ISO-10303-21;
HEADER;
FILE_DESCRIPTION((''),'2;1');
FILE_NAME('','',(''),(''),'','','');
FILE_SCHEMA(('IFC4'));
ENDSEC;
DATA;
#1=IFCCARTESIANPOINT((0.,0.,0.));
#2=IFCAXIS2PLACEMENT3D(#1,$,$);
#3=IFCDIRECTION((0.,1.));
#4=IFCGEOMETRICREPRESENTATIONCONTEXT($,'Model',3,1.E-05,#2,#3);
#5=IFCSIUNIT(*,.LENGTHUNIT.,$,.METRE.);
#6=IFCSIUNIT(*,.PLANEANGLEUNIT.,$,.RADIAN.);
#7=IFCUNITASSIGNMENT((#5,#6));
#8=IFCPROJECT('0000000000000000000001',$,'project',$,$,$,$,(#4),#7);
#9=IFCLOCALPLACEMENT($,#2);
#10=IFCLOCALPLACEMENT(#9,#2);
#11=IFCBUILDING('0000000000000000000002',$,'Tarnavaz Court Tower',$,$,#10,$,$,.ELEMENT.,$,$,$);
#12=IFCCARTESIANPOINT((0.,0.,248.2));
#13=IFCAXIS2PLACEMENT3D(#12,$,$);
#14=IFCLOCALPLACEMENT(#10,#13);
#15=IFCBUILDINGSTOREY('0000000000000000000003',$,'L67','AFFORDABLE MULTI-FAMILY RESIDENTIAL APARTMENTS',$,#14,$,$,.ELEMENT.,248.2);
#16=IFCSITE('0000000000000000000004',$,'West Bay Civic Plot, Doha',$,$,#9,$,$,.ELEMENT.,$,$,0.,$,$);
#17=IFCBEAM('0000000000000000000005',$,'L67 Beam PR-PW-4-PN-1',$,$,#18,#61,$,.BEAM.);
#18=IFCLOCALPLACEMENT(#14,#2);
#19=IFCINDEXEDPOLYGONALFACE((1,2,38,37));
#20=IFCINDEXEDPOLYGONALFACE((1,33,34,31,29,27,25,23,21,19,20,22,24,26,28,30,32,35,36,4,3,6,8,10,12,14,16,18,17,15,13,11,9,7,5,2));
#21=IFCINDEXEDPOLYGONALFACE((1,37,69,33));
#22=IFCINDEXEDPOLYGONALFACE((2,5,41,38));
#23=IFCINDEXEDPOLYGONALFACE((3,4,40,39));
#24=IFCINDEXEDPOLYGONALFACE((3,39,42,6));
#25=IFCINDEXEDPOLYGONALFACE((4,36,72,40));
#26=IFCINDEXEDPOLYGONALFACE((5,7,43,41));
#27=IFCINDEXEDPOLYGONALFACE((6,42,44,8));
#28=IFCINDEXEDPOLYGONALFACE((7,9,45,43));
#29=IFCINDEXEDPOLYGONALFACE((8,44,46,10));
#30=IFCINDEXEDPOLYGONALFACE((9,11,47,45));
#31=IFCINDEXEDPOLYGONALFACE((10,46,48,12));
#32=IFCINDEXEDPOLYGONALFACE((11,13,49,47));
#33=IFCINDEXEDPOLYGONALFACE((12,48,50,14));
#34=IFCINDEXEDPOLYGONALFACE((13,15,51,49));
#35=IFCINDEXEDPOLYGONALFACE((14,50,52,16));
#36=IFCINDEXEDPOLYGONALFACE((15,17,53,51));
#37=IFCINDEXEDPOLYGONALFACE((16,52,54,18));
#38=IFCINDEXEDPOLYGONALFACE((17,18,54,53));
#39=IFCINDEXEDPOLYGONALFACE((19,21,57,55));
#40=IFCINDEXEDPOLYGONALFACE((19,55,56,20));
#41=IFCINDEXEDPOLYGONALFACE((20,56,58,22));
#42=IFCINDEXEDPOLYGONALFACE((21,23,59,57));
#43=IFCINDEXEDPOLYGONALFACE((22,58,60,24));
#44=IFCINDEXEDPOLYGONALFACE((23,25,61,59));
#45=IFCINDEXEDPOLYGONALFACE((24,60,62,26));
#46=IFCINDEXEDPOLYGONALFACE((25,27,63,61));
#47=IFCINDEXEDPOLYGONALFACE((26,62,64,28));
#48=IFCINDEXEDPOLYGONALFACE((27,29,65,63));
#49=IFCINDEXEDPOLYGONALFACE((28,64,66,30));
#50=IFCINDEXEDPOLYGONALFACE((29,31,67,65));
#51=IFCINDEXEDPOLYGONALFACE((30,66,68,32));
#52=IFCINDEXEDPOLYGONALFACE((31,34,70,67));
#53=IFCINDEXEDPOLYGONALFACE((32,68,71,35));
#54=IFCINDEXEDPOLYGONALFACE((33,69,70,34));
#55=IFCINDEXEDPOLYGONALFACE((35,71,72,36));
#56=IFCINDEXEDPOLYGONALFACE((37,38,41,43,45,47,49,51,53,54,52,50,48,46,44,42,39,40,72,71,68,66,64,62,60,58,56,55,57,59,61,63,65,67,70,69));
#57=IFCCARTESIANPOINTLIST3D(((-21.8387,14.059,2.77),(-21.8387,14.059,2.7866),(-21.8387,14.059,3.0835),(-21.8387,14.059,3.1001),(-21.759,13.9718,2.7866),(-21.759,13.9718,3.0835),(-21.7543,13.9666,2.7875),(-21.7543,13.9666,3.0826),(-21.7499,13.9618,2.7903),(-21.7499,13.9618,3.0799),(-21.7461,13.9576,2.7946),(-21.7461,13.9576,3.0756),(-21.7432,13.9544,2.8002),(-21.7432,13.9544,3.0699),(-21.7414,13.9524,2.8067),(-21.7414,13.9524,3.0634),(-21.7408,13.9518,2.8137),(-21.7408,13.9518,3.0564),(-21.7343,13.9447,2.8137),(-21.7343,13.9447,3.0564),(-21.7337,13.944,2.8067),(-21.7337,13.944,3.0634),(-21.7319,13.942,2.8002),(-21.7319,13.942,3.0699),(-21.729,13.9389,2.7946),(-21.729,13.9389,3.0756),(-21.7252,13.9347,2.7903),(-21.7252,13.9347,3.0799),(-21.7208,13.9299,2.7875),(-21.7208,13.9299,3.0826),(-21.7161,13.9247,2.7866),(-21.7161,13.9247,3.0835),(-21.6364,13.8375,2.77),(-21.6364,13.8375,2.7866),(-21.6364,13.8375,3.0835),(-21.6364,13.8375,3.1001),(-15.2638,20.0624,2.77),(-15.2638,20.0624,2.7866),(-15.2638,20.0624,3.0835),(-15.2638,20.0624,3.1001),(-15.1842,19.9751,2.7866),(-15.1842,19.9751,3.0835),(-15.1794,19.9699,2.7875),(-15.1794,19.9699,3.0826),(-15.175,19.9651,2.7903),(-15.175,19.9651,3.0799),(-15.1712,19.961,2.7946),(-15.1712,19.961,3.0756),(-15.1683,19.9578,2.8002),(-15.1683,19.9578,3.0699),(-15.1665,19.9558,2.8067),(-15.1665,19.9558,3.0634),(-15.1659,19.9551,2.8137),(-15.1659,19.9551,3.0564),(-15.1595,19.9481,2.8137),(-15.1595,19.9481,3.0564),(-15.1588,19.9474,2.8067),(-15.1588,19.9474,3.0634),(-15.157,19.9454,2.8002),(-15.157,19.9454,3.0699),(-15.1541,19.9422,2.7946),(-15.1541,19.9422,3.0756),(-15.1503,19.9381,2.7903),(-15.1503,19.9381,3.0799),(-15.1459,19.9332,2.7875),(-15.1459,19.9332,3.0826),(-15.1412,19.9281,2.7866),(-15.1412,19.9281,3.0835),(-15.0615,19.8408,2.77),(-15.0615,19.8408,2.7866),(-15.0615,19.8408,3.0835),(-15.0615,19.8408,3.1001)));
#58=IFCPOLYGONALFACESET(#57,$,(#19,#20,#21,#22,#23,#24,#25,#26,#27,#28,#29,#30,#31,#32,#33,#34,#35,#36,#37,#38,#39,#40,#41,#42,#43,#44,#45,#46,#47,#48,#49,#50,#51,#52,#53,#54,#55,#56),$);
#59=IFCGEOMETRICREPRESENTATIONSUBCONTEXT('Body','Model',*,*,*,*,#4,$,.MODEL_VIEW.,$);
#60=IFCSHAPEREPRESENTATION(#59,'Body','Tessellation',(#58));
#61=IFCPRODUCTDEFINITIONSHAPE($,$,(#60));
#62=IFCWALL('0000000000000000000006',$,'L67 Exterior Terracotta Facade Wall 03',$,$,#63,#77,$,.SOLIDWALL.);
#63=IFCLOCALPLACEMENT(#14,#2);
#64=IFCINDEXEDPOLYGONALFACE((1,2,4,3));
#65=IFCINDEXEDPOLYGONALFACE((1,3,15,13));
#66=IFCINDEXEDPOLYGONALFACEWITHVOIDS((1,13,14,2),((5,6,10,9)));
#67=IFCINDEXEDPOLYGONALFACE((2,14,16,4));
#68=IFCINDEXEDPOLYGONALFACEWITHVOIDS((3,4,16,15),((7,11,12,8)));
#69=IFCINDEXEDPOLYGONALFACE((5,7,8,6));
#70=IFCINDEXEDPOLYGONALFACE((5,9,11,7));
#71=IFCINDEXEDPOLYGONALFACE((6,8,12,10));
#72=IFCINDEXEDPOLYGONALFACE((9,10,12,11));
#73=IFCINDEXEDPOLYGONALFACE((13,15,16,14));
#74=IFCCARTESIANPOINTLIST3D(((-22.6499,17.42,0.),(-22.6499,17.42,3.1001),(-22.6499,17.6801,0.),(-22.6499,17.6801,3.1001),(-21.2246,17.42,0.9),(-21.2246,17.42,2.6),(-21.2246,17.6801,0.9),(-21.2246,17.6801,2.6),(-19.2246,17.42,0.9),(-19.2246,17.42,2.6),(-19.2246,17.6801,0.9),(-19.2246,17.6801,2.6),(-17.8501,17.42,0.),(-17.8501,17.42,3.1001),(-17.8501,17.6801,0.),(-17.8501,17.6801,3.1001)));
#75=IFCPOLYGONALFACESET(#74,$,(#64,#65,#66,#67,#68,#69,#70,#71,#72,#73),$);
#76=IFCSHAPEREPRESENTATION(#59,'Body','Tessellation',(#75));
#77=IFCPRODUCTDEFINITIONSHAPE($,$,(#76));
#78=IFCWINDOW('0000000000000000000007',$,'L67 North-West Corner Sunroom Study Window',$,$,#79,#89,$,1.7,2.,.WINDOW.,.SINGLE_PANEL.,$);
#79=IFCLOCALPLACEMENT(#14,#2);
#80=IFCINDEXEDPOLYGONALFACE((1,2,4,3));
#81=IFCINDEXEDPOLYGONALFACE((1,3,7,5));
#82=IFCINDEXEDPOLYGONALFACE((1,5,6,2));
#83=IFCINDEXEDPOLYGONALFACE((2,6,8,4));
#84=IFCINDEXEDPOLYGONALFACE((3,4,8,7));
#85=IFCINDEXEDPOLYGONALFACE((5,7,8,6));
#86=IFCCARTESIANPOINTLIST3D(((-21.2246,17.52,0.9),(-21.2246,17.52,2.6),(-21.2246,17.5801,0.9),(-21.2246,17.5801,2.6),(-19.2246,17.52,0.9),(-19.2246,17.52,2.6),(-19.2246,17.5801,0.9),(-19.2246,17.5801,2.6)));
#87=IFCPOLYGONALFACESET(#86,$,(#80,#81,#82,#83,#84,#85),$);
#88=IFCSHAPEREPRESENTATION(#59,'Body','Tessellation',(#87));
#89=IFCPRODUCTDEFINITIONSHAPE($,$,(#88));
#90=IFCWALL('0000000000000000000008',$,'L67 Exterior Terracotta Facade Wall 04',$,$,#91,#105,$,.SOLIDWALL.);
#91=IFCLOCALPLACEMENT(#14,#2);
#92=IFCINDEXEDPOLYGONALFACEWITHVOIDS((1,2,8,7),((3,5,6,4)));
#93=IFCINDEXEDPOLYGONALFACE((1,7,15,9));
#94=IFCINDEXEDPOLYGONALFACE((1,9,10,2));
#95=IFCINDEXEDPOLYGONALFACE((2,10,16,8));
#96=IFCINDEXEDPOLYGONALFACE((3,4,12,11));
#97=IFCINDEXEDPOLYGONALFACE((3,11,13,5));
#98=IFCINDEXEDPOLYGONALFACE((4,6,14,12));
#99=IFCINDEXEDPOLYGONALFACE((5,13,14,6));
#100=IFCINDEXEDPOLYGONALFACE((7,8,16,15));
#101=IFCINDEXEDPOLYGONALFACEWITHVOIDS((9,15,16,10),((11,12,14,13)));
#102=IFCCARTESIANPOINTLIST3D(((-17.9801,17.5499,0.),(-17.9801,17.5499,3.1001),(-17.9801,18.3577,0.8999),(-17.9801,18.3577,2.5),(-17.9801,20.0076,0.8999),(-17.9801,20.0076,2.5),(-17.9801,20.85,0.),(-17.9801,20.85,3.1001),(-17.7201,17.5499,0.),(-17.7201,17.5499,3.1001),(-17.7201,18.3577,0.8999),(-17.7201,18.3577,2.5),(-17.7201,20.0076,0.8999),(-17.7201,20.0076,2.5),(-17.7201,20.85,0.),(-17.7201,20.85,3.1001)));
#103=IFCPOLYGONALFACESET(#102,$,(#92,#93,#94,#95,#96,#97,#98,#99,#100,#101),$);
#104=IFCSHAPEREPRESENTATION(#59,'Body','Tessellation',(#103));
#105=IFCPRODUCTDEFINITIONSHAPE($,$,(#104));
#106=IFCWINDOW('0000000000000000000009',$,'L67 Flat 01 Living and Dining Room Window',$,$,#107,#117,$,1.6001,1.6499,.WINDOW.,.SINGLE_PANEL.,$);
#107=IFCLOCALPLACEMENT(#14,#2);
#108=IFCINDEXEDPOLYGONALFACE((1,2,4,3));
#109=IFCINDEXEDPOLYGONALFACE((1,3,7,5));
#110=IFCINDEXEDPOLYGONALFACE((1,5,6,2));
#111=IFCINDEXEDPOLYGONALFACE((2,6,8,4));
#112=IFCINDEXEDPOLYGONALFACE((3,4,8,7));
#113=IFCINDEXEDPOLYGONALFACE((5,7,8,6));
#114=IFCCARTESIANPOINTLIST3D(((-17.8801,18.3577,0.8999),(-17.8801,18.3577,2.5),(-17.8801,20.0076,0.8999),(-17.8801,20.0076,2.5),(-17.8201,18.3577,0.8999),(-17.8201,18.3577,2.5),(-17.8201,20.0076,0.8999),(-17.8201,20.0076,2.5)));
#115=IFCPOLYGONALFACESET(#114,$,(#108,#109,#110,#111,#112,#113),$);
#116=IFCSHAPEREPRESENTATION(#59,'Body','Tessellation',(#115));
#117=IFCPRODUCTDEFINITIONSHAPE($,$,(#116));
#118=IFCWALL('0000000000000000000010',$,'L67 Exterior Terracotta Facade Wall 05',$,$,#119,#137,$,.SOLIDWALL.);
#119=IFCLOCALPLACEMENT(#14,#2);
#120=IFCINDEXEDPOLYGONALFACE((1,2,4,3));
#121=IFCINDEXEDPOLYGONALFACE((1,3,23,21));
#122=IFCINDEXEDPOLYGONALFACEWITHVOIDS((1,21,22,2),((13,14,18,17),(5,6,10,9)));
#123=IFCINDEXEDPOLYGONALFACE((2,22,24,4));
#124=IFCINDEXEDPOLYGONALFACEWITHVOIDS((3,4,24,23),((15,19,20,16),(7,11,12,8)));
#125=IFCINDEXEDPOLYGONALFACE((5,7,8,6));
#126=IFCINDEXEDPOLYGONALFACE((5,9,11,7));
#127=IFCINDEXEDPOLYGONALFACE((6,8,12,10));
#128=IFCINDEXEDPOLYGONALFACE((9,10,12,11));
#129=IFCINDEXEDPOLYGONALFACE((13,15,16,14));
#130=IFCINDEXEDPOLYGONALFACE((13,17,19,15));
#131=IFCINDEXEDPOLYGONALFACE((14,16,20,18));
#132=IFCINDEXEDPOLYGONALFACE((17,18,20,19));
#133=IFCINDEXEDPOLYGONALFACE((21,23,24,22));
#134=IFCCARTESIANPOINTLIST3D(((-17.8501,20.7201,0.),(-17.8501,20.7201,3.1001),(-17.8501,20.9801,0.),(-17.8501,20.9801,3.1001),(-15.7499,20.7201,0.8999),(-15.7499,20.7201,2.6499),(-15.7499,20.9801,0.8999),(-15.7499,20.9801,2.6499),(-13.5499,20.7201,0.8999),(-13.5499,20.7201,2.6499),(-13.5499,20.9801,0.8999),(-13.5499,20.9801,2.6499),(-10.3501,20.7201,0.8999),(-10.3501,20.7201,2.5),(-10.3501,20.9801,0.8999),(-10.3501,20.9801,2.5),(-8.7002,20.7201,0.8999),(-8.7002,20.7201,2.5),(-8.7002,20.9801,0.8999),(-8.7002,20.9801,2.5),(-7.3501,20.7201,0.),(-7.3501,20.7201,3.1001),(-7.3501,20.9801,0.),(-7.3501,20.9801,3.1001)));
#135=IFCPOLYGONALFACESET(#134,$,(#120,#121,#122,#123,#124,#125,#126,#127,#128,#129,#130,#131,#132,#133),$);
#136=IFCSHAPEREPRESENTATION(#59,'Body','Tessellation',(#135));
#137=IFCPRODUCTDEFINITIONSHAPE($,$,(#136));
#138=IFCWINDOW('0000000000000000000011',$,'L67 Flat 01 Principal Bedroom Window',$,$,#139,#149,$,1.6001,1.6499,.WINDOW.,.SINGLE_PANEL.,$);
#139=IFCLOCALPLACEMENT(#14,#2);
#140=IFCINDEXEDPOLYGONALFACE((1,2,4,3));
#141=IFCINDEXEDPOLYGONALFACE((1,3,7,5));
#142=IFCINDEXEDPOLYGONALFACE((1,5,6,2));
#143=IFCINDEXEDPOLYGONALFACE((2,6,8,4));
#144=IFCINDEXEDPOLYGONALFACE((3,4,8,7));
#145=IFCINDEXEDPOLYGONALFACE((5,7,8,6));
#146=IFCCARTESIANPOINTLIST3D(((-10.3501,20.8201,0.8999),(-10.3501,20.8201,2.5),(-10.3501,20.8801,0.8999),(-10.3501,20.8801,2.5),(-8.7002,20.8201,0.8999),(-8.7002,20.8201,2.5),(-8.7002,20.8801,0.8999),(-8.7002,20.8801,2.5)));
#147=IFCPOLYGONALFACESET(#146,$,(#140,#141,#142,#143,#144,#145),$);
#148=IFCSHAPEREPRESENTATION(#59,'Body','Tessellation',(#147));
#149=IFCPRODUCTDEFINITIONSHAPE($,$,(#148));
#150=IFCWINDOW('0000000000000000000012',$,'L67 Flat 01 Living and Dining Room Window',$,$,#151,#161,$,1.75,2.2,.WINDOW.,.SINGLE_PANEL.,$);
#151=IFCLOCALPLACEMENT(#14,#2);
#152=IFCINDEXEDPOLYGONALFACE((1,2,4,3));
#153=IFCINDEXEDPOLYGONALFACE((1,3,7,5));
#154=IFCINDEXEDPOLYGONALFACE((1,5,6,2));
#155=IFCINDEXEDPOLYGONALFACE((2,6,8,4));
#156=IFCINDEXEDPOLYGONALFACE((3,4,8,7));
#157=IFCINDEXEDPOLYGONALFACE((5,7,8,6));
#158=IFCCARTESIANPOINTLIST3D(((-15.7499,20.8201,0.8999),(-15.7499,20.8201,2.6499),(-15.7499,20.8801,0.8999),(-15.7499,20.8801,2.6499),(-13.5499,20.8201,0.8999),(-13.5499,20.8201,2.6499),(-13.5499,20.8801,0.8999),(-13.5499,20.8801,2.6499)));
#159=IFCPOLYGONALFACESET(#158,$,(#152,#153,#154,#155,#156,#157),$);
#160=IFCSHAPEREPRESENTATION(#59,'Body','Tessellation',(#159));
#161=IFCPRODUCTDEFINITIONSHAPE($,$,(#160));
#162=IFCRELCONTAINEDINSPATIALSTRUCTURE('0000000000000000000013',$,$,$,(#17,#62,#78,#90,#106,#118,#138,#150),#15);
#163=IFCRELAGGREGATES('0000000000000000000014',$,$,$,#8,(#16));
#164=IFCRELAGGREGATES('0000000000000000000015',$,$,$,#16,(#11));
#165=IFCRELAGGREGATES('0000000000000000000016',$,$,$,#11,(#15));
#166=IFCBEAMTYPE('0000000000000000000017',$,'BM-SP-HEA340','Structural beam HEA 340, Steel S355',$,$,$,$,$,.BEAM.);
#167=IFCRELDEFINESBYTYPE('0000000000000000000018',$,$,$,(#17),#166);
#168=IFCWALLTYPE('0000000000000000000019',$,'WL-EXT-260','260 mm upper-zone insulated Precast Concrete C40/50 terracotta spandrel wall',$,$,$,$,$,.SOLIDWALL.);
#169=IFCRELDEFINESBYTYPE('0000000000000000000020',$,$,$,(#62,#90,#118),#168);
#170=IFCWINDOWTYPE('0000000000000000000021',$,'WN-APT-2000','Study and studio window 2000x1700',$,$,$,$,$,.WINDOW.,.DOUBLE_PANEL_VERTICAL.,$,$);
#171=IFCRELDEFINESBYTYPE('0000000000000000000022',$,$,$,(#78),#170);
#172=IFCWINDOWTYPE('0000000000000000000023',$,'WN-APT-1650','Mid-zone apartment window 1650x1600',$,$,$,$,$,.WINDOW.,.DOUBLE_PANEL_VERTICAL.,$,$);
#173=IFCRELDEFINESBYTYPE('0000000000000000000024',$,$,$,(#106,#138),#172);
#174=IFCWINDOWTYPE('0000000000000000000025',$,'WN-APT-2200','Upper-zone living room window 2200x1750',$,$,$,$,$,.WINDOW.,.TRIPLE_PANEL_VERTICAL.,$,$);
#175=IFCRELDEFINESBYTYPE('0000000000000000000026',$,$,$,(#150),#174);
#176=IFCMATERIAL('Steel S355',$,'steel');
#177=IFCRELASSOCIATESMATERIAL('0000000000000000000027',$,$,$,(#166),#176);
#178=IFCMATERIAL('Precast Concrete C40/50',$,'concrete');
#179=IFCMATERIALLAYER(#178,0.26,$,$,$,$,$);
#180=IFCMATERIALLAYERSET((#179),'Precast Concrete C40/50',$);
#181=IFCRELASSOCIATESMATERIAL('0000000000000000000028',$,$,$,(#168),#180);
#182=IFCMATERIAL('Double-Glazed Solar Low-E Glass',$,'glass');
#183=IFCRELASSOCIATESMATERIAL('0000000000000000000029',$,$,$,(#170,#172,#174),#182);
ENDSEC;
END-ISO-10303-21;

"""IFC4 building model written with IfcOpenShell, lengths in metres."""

from ifc_helpers import new_model, si_unit, direction, frame, frame_2d, origin, origin_2d, place, context, subcontext, project, spatial, rectangle, i_section, extrude, material, layer, layer_set, material_profile, profile_set, type_object, element, fill, save


model = new_model("IFC4")

# Units and contexts
model_context = context("Model", 3, precision=1e-05, world=origin(), true_north=direction((0.0, 1.0)))
body_context = subcontext(model_context, "Body", "Model", "MODEL_VIEW")
ifc_project = project(units=[si_unit("LENGTHUNIT", "METRE"), si_unit("PLANEANGLEUNIT", "RADIAN")], contexts=[model_context])

# Site, building, storey
site_placement = place(None, origin())
site = spatial("IfcSite", under=ifc_project, at=site_placement, Name="West Bay Civic Plot, Doha", CompositionType="ELEMENT", RefElevation=0.0)
building_placement = place(site_placement, origin())
building = spatial("IfcBuilding", under=site, at=building_placement, Name="Tarnavaz Court Tower", CompositionType="ELEMENT")
storey_placement = place(building_placement, frame((0.0, 0.0, 248.2)))
storey = spatial("IfcBuildingStorey", under=building, at=storey_placement, Name="L67", Description="AFFORDABLE MULTI-FAMILY RESIDENTIAL APARTMENTS", CompositionType="ELEMENT", Elevation=248.2)

# Beam
ifc_material_1 = material(Name="Steel S355", Category="steel")
ifc_material_profile_1 = material_profile(ifc_material_1, i_section(OverallWidth=0.3, OverallDepth=0.3301, WebThickness=0.0095, FlangeThickness=0.0166, FilletRadius=0.0271, at=origin_2d()), Name="HEA 340")
ifc_profile_set_1 = profile_set([ifc_material_profile_1], Name="Steel S355")
beam_type_1 = type_object("IfcBeamType", Name="BM-SP-HEA340", Description="Structural beam HEA 340, Steel S355", PredefinedType="BEAM", material=ifc_profile_set_1)
beam_1_placement = place(storey_placement, frame((-21.7375, 13.9482, 2.9351), z_axis=(0.738474, 0.674282, 0.0), x_axis=(-0.674282, 0.738474, 0.0)))
element("IfcBeam", 1, at=beam_1_placement, inside=storey, type_object=beam_type_1, Name="L67 Beam PR-PW-4-PN-1", PredefinedType="BEAM", context=body_context, shape_type="SweptSolid", body=[
    extrude(i_section(OverallWidth=0.3, OverallDepth=0.3301, WebThickness=0.0095, FlangeThickness=0.0166, FilletRadius=0.0271, at=origin_2d()), origin(), (0.0, 0.0, 1.0), 8.9033),
])

# Walls, openings, windows
ifc_material_2 = material(Name="Precast Concrete C40/50", Category="concrete")
ifc_layer_1 = layer(ifc_material_2, 0.26)
ifc_layer_set_1 = layer_set([ifc_layer_1], Name="Precast Concrete C40/50")
wall_type_1 = type_object("IfcWallType", Name="WL-EXT-260", Description="260 mm upper-zone insulated Precast Concrete C40/50 terracotta spandrel wall", PredefinedType="SOLIDWALL", material=ifc_layer_set_1)
wall_1_placement = place(storey_placement, frame((-22.6499, 17.55, 0.0), z_axis=(0.0, 0.0, 1.0), x_axis=(1.0, 0.0, 0.0)))
wall_1 = element("IfcWall", 2, at=wall_1_placement, inside=storey, type_object=wall_type_1, Name="L67 Exterior Terracotta Facade Wall 03", PredefinedType="SOLIDWALL", context=body_context, shape_type="SweptSolid", body=[
    extrude(rectangle(XDim=4.7998, YDim=0.26, at=frame_2d((2.3999, 0.0))), origin(), (0.0, 0.0, 1.0), 3.1001),
])
opening_1_placement = place(wall_1_placement, frame((1.4253, 0.0, 0.8999)))
opening_1 = element("IfcOpeningElement", 3, at=opening_1_placement, cuts=wall_1, PredefinedType="OPENING", context=body_context, shape_type="SweptSolid", body=[
    extrude(rectangle(XDim=2.0, YDim=1.7, at=frame_2d((1.0, 0.8501))), frame((0.0, 0.1399, 0.0), z_axis=(0.0, -1.0, 0.0), x_axis=(1.0, 0.0, 0.0)), (0.0, 0.0, 1.0), 0.28),
])
ifc_material_3 = material(Name="Double-Glazed Solar Low-E Glass", Category="glass")
window_type_1 = type_object("IfcWindowType", Name="WN-APT-2000", Description="Study and studio window 2000x1700", PartitioningType="DOUBLE_PANEL_VERTICAL", PredefinedType="WINDOW", material=ifc_material_3)
window_1_placement = place(opening_1_placement, origin())
window_1 = element("IfcWindow", 4, at=window_1_placement, inside=storey, type_object=window_type_1, Name="L67 North-West Corner Sunroom Study Window", OverallHeight=1.7, OverallWidth=2.0, PartitioningType="SINGLE_PANEL", PredefinedType="WINDOW", context=body_context, shape_type="SweptSolid", body=[
    extrude(rectangle(XDim=2.0, YDim=1.7, at=frame_2d((1.0, 0.8501))), frame((0.0, 0.03, 0.0), z_axis=(0.0, -1.0, 0.0), x_axis=(1.0, 0.0, 0.0)), (0.0, 0.0, 1.0), 0.0601),
])
fill(opening_1, window_1)
wall_2_placement = place(storey_placement, frame((-17.8501, 17.55, 0.0), z_axis=(0.0, 0.0, 1.0), x_axis=(0.0, 1.0, 0.0)))
wall_2 = element("IfcWall", 5, at=wall_2_placement, inside=storey, type_object=wall_type_1, Name="L67 Exterior Terracotta Facade Wall 04", PredefinedType="SOLIDWALL", context=body_context, shape_type="SweptSolid", body=[
    extrude(rectangle(XDim=3.3, YDim=0.26, at=frame_2d((1.6499, 0.0))), origin(), (0.0, 0.0, 1.0), 3.1001),
])
opening_2_placement = place(wall_2_placement, frame((0.8076, 0.0, 0.8999)))
opening_2 = element("IfcOpeningElement", 6, at=opening_2_placement, cuts=wall_2, PredefinedType="OPENING", context=body_context, shape_type="SweptSolid", body=[
    extrude(rectangle(XDim=1.6499, YDim=1.6001, at=frame_2d((0.825, 0.8))), frame((0.0, 0.1399, 0.0), z_axis=(0.0, -1.0, 0.0), x_axis=(1.0, 0.0, 0.0)), (0.0, 0.0, 1.0), 0.28),
])
window_type_2 = type_object("IfcWindowType", Name="WN-APT-1650", Description="Mid-zone apartment window 1650x1600", PartitioningType="DOUBLE_PANEL_VERTICAL", PredefinedType="WINDOW", material=ifc_material_3)
window_2_placement = place(opening_2_placement, origin())
window_2 = element("IfcWindow", 7, at=window_2_placement, inside=storey, type_object=window_type_2, Name="L67 Flat 01 Living and Dining Room Window", OverallHeight=1.6001, OverallWidth=1.6499, PartitioningType="SINGLE_PANEL", PredefinedType="WINDOW", context=body_context, shape_type="SweptSolid", body=[
    extrude(rectangle(XDim=1.6499, YDim=1.6001, at=frame_2d((0.825, 0.8))), frame((0.0, 0.03, 0.0), z_axis=(0.0, -1.0, 0.0), x_axis=(1.0, 0.0, 0.0)), (0.0, 0.0, 1.0), 0.0601),
])
fill(opening_2, window_2)

# Wall, openings, windows
wall_3_placement = place(storey_placement, frame((-17.8501, 20.8501, 0.0), z_axis=(0.0, 0.0, 1.0), x_axis=(1.0, 0.0, 0.0)))
wall_3 = element("IfcWall", 8, at=wall_3_placement, inside=storey, type_object=wall_type_1, Name="L67 Exterior Terracotta Facade Wall 05", PredefinedType="SOLIDWALL", context=body_context, shape_type="SweptSolid", body=[
    extrude(rectangle(XDim=10.5, YDim=0.26, at=frame_2d((5.25, 0.0))), origin(), (0.0, 0.0, 1.0), 3.1001),
])
opening_3_placement = place(wall_3_placement, frame((2.1001, 0.0, 0.8999)))
opening_3 = element("IfcOpeningElement", 9, at=opening_3_placement, cuts=wall_3, PredefinedType="OPENING", context=body_context, shape_type="SweptSolid", body=[
    extrude(rectangle(XDim=2.2, YDim=1.75, at=frame_2d((1.1001, 0.875))), frame((0.0, 0.1399, 0.0), z_axis=(0.0, -1.0, 0.0), x_axis=(1.0, 0.0, 0.0)), (0.0, 0.0, 1.0), 0.28),
])
opening_4_placement = place(wall_3_placement, frame((7.5, 0.0, 0.8999)))
opening_4 = element("IfcOpeningElement", 10, at=opening_4_placement, cuts=wall_3, PredefinedType="OPENING", context=body_context, shape_type="SweptSolid", body=[
    extrude(rectangle(XDim=1.6499, YDim=1.6001, at=frame_2d((0.825, 0.8))), frame((0.0, 0.1399, 0.0), z_axis=(0.0, -1.0, 0.0), x_axis=(1.0, 0.0, 0.0)), (0.0, 0.0, 1.0), 0.28),
])
window_3_placement = place(opening_4_placement, origin())
window_3 = element("IfcWindow", 11, at=window_3_placement, inside=storey, type_object=window_type_2, Name="L67 Flat 01 Principal Bedroom Window", OverallHeight=1.6001, OverallWidth=1.6499, PartitioningType="SINGLE_PANEL", PredefinedType="WINDOW", context=body_context, shape_type="SweptSolid", body=[
    extrude(rectangle(XDim=1.6499, YDim=1.6001, at=frame_2d((0.825, 0.8))), frame((0.0, 0.03, 0.0), z_axis=(0.0, -1.0, 0.0), x_axis=(1.0, 0.0, 0.0)), (0.0, 0.0, 1.0), 0.0601),
])
fill(opening_4, window_3)
window_type_3 = type_object("IfcWindowType", Name="WN-APT-2200", Description="Upper-zone living room window 2200x1750", PartitioningType="TRIPLE_PANEL_VERTICAL", PredefinedType="WINDOW", material=ifc_material_3)
window_4_placement = place(opening_3_placement, origin())
window_4 = element("IfcWindow", 12, at=window_4_placement, inside=storey, type_object=window_type_3, Name="L67 Flat 01 Living and Dining Room Window", OverallHeight=1.75, OverallWidth=2.2, PartitioningType="SINGLE_PANEL", PredefinedType="WINDOW", context=body_context, shape_type="SweptSolid", body=[
    extrude(rectangle(XDim=2.2, YDim=1.75, at=frame_2d((1.1001, 0.875))), frame((0.0, 0.03, 0.0), z_axis=(0.0, -1.0, 0.0), x_axis=(1.0, 0.0, 0.0)), (0.0, 0.0, 1.0), 0.0601),
])
fill(opening_3, window_4)

save(model, "model.ifc")
